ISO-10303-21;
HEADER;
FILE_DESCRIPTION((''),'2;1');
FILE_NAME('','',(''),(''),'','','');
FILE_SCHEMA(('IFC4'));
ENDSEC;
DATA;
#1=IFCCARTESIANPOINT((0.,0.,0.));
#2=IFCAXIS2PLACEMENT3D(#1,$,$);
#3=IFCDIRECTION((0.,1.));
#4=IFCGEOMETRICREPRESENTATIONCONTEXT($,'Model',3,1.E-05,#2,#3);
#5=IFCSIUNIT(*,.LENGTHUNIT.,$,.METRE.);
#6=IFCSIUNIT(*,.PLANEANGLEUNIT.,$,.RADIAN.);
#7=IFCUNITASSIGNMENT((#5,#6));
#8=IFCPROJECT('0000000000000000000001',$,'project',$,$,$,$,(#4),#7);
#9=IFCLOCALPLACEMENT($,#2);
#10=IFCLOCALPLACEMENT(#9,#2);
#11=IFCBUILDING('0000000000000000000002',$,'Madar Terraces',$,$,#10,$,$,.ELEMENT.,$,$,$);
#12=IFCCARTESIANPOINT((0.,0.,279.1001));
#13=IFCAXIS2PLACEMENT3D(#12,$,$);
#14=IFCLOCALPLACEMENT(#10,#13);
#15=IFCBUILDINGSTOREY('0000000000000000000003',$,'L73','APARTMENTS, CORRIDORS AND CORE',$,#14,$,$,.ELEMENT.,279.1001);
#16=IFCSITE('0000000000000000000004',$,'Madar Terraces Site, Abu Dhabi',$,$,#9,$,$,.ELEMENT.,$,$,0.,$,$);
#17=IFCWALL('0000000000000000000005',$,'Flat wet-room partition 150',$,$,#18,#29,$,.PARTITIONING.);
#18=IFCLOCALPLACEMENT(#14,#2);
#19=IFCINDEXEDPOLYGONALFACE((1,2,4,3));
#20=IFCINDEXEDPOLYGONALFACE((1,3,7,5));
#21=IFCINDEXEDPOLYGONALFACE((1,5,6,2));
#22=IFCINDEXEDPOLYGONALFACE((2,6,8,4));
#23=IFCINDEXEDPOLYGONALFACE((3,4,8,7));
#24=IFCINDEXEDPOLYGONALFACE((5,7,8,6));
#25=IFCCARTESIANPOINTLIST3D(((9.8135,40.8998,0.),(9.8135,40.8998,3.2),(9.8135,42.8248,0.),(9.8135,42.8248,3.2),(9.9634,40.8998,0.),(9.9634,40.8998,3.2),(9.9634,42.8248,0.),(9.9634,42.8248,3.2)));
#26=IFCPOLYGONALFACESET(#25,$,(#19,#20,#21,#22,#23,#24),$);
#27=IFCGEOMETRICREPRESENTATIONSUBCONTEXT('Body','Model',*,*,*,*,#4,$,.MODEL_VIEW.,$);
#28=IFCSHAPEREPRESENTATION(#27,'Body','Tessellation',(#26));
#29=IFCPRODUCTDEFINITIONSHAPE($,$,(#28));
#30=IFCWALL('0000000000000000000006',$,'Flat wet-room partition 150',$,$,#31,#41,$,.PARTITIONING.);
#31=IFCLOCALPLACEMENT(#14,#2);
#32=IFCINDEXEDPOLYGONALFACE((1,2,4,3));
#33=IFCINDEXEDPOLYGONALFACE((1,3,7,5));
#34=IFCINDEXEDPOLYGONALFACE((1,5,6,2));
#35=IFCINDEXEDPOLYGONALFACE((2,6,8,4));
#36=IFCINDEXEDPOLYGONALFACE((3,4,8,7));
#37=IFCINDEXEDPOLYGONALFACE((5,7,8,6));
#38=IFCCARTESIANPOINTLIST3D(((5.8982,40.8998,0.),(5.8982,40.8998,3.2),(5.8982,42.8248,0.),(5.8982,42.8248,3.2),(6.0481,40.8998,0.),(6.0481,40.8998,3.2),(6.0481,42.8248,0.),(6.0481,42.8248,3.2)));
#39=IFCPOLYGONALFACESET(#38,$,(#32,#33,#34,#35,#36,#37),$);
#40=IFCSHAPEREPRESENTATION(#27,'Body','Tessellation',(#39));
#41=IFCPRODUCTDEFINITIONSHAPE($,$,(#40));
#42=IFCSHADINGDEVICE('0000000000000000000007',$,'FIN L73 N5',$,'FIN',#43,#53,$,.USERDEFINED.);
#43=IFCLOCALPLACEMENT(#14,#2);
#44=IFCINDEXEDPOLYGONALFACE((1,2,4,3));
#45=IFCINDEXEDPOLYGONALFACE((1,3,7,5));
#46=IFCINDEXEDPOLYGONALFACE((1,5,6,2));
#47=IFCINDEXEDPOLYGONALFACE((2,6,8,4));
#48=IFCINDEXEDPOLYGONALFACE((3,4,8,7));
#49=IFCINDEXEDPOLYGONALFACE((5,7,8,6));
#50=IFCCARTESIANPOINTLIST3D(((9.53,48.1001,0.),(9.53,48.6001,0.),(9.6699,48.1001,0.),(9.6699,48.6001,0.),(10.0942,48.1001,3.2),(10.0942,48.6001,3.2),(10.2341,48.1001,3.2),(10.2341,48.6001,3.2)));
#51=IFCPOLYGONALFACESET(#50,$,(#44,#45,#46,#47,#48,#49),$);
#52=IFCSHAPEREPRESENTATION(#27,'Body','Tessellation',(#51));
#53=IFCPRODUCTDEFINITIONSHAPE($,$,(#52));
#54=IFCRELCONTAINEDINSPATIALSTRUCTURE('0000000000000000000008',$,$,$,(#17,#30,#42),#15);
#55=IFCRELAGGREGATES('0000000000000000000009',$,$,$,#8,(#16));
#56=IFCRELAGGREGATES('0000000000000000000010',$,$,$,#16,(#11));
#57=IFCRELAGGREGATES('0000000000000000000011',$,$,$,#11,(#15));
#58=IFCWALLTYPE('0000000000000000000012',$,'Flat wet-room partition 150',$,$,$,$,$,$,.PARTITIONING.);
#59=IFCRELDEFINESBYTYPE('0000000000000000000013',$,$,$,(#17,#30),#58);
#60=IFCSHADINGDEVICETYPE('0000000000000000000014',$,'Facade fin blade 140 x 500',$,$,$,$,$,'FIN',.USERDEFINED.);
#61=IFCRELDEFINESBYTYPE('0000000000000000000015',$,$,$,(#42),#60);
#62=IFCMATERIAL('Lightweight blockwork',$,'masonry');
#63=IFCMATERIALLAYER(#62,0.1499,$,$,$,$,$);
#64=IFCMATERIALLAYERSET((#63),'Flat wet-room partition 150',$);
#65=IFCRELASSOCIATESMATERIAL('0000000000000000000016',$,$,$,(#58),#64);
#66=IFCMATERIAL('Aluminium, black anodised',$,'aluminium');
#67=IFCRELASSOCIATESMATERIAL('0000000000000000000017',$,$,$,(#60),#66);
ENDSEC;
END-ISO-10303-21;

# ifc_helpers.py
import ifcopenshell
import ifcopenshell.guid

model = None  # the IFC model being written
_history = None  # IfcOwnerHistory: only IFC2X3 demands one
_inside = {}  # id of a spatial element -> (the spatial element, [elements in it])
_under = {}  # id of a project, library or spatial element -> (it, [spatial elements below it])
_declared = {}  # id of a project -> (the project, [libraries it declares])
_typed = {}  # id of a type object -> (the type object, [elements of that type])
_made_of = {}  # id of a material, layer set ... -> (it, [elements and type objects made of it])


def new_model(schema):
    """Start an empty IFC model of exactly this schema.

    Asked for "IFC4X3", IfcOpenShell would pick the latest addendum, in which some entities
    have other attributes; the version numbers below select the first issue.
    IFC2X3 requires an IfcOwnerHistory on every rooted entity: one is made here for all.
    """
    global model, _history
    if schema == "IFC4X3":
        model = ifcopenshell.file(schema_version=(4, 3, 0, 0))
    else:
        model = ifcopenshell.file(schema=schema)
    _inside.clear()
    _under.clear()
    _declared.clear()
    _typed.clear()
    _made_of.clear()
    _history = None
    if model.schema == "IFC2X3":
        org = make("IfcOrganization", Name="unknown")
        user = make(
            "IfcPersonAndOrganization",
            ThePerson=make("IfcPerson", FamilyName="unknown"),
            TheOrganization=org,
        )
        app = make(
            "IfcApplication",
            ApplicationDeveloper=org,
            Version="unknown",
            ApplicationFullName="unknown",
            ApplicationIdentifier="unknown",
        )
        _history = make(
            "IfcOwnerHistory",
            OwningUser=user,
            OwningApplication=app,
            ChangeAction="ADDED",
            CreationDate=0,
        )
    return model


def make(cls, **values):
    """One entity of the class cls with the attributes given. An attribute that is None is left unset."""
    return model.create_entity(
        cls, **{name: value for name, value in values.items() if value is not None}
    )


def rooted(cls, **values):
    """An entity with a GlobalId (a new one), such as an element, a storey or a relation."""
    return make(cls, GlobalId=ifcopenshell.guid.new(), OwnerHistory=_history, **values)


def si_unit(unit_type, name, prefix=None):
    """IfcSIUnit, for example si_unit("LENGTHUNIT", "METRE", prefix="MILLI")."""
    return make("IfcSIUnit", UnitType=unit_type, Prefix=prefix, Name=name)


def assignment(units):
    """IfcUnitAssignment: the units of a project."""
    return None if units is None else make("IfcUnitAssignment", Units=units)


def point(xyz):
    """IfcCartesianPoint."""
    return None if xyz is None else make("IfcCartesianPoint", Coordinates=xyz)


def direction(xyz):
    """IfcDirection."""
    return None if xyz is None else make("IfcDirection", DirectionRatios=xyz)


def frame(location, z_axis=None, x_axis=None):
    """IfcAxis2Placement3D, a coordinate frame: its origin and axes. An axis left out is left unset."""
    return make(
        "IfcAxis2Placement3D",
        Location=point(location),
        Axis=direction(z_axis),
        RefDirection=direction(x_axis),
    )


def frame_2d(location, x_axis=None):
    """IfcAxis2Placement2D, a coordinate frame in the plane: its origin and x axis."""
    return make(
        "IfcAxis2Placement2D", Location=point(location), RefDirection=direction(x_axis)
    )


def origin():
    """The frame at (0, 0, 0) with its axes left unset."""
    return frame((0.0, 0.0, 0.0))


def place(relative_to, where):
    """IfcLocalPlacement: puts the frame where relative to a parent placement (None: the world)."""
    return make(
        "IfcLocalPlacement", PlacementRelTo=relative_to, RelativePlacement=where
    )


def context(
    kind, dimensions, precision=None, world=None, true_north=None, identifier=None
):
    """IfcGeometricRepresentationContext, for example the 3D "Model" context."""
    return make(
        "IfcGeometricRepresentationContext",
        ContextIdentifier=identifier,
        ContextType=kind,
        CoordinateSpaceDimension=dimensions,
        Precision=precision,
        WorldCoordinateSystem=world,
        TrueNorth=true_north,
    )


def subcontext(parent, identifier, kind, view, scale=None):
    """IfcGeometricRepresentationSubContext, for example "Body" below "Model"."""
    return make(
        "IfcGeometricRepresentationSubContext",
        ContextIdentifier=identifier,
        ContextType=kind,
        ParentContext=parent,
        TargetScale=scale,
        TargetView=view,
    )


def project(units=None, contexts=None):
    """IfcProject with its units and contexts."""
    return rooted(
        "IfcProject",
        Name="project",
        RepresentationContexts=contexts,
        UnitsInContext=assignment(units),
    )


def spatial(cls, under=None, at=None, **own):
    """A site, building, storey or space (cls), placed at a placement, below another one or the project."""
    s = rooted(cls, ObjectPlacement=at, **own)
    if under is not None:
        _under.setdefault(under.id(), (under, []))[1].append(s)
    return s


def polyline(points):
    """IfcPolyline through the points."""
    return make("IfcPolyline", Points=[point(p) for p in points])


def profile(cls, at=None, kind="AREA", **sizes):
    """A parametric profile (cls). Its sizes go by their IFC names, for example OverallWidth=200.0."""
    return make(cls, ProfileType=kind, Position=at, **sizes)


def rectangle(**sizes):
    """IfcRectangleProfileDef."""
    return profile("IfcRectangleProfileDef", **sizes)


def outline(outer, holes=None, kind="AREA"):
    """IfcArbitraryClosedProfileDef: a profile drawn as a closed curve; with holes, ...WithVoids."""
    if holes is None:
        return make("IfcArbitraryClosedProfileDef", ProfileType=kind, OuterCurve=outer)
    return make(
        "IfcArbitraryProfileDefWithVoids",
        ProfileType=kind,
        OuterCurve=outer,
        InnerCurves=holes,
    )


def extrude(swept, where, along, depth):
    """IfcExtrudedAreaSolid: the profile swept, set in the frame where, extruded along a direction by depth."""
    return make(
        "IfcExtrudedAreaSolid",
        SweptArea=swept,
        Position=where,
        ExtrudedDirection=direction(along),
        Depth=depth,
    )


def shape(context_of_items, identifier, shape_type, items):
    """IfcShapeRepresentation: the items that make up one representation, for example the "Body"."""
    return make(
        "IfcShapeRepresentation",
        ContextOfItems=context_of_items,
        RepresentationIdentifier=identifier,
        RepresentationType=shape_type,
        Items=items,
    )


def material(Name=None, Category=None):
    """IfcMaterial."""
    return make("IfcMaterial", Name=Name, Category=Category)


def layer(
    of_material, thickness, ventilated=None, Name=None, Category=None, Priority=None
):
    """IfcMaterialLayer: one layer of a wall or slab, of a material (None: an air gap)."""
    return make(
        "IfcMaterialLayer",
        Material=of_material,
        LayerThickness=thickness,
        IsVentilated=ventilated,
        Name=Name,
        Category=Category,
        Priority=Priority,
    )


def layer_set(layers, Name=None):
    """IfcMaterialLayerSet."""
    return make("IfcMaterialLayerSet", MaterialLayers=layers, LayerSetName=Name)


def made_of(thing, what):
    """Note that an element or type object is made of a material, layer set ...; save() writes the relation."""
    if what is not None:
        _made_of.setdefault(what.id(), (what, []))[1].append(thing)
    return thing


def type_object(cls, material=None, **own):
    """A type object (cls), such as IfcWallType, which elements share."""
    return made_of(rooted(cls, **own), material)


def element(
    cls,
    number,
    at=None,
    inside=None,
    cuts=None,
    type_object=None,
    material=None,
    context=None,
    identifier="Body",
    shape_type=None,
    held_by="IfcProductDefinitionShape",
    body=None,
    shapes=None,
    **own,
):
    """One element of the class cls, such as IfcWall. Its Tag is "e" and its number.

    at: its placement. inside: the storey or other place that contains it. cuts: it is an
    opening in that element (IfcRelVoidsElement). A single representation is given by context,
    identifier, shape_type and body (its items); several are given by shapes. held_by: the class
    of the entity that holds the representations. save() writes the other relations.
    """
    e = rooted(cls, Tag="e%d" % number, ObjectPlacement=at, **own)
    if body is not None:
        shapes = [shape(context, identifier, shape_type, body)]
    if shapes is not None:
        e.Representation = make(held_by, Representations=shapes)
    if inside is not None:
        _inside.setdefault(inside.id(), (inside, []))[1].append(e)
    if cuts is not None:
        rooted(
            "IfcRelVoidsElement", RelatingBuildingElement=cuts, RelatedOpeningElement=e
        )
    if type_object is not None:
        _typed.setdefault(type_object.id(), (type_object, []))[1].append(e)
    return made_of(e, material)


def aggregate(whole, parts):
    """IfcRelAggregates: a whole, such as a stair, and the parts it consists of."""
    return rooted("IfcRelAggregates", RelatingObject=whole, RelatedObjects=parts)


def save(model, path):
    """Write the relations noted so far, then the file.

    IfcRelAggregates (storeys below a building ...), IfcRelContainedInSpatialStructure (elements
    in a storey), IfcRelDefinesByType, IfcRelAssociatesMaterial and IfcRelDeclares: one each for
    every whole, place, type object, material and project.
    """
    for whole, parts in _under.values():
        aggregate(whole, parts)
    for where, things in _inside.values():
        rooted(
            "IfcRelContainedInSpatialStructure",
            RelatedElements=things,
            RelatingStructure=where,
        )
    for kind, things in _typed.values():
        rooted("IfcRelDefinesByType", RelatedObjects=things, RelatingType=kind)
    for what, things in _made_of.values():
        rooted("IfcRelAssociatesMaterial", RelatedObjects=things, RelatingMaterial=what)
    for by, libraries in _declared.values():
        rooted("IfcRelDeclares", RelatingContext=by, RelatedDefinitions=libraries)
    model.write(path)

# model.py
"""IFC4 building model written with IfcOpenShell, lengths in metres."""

from ifc_helpers import new_model, si_unit, direction, frame, frame_2d, origin, place, context, subcontext, project, spatial, polyline, rectangle, outline, extrude, material, layer, layer_set, type_object, element, save


model = new_model("IFC4")

# Units and contexts
model_context = context("Model", 3, precision=1e-05, world=origin(), true_north=direction((0.0, 1.0)))
body_context = subcontext(model_context, "Body", "Model", "MODEL_VIEW")
ifc_project = project(units=[si_unit("LENGTHUNIT", "METRE"), si_unit("PLANEANGLEUNIT", "RADIAN")], contexts=[model_context])

# Site, building, storey
site_placement = place(None, origin())
site = spatial("IfcSite", under=ifc_project, at=site_placement, Name="Madar Terraces Site, Abu Dhabi", CompositionType="ELEMENT", RefElevation=0.0)
building_placement = place(site_placement, origin())
building = spatial("IfcBuilding", under=site, at=building_placement, Name="Madar Terraces", CompositionType="ELEMENT")
storey_placement = place(building_placement, frame((0.0, 0.0, 279.1001)))
storey = spatial("IfcBuildingStorey", under=building, at=storey_placement, Name="L73", Description="APARTMENTS, CORRIDORS AND CORE", CompositionType="ELEMENT", Elevation=279.1001)

# Walls
ifc_material_1 = material(Name="Lightweight blockwork", Category="masonry")
ifc_layer_1 = layer(ifc_material_1, 0.1499)
ifc_layer_set_1 = layer_set([ifc_layer_1], Name="Flat wet-room partition 150")
wall_type_1 = type_object("IfcWallType", Name="Flat wet-room partition 150", PredefinedType="PARTITIONING", material=ifc_layer_set_1)
for number, where, z_axis, x_axis, name in (
    (1, (9.8884, 40.8999, 0.0), (0.0, 0.0, 1.0), (0.0, 1.0, 0.0), "Flat wet-room partition 150"),
    (2, (5.9731, 40.8999, 0.0), (0.0, 0.0, 1.0), (0.0, 1.0, 0.0), "Flat wet-room partition 150"),
):
    element("IfcWall", number, at=place(storey_placement, frame(where, z_axis=z_axis, x_axis=x_axis)), inside=storey, type_object=wall_type_1, Name=name, PredefinedType="PARTITIONING", context=body_context, shape_type="SweptSolid", body=[
        extrude(rectangle(XDim=1.925, YDim=0.1499, at=frame_2d((0.9624, 0.0))), origin(), (0.0, 0.0, 1.0), 3.2),
    ])

# Shading device
ifc_material_2 = material(Name="Aluminium, black anodised", Category="aluminium")
shading_device_type = type_object("IfcShadingDeviceType", Name="Facade fin blade 140 x 500", ElementType="FIN", PredefinedType="USERDEFINED", material=ifc_material_2)
shading_device_placement = place(storey_placement, frame((9.6699, 48.3501, 0.0), z_axis=(0.0, 0.0, 1.0), x_axis=(-1.0, 0.0, 0.0)))
element("IfcShadingDevice", 3, at=shading_device_placement, inside=storey, type_object=shading_device_type, Name="FIN L73 N5", ObjectType="FIN", PredefinedType="USERDEFINED", context=body_context, shape_type="SweptSolid", body=[
    extrude(outline(polyline([(0.0, 0.0), (0.1399, 0.0), (-0.4243, 3.2), (-0.5642, 3.2), (0.0, 0.0)])), frame((0.0, 0.25, 0.0), z_axis=(0.0, -1.0, 0.0), x_axis=(1.0, 0.0, 0.0)), (0.0, 0.0, 1.0), 0.5),
])

save(model, "model.ifc")
